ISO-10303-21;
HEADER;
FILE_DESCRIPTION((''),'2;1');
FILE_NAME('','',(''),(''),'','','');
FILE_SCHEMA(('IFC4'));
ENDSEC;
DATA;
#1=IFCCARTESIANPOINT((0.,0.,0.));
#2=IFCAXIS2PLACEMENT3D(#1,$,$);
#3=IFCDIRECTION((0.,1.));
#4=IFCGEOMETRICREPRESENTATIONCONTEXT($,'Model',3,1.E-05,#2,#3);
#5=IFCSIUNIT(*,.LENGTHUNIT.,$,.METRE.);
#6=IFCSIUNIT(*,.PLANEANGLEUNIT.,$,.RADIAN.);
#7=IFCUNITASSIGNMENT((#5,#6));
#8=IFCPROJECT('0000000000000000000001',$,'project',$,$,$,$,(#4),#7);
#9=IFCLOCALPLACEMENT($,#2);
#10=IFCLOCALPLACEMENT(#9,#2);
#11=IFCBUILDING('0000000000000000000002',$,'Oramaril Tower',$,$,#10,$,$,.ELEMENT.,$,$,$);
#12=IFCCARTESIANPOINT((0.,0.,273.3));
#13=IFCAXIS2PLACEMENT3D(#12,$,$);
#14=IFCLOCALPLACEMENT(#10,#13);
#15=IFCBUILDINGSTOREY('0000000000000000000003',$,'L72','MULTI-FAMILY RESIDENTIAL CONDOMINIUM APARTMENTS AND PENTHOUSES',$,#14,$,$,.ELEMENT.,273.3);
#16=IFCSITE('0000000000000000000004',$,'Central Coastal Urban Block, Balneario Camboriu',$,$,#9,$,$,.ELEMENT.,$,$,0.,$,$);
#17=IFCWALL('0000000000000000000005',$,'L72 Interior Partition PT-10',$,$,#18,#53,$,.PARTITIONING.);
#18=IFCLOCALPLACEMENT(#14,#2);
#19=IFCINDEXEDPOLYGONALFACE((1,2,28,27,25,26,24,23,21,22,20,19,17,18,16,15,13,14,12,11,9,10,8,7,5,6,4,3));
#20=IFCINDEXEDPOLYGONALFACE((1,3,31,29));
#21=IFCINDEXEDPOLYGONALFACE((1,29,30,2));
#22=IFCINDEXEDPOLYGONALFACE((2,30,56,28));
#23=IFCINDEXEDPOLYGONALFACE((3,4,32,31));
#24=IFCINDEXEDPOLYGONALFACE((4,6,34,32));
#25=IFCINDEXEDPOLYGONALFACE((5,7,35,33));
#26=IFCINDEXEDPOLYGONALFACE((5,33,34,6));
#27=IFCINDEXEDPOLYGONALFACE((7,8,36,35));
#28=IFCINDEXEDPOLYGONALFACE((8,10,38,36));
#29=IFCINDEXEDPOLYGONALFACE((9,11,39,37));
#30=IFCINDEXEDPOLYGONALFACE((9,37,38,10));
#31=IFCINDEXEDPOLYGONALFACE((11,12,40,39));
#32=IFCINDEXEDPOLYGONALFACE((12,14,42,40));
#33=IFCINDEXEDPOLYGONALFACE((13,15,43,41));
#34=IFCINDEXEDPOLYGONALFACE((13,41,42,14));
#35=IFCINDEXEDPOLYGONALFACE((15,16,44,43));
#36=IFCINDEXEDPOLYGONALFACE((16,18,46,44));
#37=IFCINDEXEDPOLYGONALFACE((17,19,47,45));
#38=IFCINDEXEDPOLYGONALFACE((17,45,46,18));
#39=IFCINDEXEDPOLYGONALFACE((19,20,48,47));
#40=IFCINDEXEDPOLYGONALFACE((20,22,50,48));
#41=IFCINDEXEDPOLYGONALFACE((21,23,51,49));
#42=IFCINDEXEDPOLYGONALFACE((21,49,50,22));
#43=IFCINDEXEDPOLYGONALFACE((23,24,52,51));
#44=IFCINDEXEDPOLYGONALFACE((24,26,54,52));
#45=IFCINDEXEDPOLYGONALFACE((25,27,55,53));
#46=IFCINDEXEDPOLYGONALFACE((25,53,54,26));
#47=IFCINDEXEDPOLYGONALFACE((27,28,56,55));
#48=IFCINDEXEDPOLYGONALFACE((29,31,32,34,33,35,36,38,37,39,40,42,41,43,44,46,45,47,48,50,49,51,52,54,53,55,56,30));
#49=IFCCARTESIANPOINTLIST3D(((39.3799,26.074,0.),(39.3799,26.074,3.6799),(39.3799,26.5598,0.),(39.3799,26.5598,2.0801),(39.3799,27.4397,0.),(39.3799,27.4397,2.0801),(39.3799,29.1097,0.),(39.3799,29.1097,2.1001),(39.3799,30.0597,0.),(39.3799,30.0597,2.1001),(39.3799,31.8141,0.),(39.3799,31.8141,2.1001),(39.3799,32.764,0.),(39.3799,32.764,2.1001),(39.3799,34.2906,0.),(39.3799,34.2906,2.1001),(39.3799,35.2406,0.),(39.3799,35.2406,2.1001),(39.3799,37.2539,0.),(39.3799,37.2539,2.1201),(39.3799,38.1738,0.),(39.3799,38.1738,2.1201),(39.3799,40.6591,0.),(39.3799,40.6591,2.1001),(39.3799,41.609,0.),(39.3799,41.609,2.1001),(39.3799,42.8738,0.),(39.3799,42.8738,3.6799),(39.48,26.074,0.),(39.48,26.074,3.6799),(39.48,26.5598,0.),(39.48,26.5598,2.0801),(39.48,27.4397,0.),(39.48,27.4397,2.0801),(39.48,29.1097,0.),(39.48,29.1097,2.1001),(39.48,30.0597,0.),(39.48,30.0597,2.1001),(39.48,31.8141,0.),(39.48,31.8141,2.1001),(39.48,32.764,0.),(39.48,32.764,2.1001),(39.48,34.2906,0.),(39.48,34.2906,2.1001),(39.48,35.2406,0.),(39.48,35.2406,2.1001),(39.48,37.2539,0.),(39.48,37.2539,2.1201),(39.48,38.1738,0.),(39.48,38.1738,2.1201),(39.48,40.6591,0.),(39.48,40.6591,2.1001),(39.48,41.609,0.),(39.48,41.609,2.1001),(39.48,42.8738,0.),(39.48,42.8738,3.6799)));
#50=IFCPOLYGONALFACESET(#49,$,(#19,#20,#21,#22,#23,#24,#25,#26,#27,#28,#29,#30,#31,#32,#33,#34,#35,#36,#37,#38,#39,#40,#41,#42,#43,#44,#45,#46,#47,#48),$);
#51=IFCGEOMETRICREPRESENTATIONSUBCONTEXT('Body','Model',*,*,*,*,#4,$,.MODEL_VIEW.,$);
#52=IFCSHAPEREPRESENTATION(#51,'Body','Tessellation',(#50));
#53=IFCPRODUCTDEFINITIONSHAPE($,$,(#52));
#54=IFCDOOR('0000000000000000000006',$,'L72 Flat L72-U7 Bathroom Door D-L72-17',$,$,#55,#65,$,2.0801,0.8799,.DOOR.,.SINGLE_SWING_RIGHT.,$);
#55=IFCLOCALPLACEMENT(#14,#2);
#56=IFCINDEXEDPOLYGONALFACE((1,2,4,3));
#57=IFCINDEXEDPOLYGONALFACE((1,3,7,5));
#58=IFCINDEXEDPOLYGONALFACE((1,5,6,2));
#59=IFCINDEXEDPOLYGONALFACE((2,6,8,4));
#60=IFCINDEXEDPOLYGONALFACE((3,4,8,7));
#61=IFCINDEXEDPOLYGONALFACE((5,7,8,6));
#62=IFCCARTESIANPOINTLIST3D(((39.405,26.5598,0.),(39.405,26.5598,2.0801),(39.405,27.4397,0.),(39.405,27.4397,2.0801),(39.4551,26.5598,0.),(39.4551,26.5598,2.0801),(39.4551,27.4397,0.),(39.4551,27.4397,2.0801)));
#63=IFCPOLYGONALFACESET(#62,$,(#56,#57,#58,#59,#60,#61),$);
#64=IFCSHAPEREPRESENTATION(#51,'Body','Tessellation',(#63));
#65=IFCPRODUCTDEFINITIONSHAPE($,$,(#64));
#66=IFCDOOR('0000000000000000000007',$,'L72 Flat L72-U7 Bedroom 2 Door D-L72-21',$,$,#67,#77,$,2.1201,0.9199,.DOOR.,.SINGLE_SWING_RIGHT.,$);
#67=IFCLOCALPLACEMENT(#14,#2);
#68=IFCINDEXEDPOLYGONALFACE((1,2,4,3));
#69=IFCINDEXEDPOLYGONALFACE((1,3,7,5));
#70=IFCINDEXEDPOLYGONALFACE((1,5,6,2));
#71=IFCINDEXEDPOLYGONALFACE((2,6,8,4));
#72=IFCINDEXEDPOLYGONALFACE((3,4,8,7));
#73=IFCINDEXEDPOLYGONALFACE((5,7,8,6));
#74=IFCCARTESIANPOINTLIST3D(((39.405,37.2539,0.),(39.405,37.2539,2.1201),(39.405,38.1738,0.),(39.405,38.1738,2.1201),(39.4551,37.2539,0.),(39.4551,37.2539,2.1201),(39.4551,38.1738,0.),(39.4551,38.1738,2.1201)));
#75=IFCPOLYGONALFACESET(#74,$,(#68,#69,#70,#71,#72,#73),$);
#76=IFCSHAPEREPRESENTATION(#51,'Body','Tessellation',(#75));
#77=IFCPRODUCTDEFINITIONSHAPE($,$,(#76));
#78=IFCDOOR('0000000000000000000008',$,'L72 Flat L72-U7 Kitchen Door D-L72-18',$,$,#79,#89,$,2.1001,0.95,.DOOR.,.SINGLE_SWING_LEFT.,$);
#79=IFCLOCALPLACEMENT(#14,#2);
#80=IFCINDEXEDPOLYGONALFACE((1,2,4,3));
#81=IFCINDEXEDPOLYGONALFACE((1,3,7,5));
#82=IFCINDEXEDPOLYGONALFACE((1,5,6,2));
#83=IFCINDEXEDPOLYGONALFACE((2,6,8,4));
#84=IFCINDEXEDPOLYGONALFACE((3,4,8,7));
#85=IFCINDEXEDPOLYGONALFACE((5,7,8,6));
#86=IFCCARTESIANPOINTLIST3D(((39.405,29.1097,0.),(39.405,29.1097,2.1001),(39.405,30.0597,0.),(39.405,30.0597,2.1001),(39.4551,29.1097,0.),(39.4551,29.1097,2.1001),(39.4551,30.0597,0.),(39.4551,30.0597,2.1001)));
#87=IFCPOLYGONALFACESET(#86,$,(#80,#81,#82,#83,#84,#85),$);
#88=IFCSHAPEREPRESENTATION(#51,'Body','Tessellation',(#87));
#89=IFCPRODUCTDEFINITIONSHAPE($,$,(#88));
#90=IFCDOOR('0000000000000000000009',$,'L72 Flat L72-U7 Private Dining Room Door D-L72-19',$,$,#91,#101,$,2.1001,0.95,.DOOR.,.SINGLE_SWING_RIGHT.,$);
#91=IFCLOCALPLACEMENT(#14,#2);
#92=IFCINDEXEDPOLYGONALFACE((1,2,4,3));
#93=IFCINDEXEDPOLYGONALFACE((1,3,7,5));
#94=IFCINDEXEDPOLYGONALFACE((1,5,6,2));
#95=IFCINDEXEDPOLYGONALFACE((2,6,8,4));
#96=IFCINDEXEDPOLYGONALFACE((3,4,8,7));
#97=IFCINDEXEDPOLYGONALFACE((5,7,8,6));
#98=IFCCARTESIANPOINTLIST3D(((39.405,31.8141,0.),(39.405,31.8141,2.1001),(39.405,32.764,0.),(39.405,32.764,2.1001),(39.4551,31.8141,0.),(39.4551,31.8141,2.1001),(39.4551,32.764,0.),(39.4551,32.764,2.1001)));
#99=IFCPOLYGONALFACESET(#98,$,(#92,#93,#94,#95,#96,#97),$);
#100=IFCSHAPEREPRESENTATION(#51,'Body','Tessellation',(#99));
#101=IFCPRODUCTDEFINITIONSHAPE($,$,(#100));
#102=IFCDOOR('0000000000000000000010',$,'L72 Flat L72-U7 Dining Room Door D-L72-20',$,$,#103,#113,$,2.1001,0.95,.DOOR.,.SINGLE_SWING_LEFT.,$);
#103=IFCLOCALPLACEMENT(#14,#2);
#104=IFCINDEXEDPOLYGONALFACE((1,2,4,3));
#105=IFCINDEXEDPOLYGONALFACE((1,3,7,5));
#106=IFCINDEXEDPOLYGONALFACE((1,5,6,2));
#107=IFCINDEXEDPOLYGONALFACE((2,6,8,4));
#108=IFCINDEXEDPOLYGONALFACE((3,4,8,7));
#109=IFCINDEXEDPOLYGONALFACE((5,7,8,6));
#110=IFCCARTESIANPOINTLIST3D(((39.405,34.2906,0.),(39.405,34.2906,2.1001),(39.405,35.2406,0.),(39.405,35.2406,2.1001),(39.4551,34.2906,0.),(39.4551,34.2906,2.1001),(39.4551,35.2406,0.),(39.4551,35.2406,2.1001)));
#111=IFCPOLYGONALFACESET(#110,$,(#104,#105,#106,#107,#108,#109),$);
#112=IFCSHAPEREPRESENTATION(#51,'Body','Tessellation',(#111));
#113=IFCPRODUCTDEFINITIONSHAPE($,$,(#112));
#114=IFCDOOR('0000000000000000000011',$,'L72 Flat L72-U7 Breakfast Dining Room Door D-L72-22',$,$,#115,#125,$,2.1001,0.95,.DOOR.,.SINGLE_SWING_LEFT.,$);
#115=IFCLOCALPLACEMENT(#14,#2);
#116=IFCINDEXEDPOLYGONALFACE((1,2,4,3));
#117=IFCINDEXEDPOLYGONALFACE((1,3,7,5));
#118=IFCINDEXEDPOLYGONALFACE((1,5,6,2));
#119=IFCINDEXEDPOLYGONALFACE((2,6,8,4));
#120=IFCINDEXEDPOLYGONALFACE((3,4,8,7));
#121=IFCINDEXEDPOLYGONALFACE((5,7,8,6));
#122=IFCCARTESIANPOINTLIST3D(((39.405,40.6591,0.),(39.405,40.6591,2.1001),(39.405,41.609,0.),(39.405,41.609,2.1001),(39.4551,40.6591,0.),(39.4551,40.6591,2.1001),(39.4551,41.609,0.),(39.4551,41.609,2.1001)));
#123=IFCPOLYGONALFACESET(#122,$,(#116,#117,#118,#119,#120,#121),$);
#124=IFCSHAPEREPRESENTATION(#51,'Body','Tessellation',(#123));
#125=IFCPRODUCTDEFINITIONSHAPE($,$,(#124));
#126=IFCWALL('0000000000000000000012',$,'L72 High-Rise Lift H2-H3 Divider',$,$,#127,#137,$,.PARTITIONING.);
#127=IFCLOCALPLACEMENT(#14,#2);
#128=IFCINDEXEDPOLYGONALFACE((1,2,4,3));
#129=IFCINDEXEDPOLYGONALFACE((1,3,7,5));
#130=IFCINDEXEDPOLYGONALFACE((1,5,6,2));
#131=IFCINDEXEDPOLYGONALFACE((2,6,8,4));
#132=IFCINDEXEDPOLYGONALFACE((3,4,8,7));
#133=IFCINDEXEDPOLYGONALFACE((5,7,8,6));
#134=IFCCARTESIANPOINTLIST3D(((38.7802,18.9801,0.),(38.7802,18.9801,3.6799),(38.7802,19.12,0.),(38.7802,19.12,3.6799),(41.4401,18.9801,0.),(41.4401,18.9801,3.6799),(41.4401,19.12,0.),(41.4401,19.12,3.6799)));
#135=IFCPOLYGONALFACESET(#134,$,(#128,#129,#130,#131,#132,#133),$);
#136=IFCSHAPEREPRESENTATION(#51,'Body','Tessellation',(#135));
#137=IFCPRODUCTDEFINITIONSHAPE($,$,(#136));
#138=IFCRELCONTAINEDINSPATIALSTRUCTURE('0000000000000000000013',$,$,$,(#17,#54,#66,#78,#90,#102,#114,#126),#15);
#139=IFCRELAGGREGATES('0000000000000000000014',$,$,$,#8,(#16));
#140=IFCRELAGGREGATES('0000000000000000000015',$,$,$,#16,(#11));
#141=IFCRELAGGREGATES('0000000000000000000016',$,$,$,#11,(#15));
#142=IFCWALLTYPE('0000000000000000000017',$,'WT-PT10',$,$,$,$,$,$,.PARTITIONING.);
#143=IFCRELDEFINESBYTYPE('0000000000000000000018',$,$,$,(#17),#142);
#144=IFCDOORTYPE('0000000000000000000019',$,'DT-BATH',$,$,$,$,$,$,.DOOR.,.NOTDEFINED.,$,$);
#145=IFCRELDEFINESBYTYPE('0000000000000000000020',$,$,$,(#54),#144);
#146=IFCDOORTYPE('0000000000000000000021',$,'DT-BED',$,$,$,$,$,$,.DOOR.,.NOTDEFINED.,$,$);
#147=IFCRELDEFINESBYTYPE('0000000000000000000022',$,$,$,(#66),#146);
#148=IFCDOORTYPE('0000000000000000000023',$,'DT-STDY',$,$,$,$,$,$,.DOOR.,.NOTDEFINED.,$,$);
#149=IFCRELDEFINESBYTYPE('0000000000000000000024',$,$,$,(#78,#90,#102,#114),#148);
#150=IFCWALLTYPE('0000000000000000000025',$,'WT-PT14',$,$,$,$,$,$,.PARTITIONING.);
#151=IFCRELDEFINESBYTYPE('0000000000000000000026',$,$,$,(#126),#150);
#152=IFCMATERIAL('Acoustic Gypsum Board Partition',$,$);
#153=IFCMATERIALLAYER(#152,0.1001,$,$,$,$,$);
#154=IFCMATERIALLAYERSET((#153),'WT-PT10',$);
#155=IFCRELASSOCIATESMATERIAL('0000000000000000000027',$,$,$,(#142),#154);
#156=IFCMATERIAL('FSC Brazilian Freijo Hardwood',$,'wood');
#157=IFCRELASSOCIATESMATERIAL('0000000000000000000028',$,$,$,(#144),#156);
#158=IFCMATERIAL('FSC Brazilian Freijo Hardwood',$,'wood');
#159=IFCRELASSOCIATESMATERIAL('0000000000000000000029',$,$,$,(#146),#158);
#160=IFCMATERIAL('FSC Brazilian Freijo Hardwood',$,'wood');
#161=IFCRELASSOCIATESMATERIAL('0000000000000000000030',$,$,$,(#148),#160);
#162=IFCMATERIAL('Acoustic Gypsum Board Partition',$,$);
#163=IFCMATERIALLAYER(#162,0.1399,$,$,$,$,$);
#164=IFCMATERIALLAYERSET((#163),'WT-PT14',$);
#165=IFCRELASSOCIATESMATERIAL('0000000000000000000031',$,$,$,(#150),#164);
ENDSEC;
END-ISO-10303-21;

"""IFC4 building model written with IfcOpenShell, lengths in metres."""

from ifc_helpers import new_model, si_unit, direction, frame, frame_2d, origin, place, context, subcontext, project, spatial, rectangle, extrude, material, layer, layer_set, type_object, element, fill, save


model = new_model("IFC4")

# Units and contexts
model_context = context("Model", 3, precision=1e-05, world=origin(), true_north=direction((0.0, 1.0)))
body_context = subcontext(model_context, "Body", "Model", "MODEL_VIEW")
ifc_project = project(units=[si_unit("LENGTHUNIT", "METRE"), si_unit("PLANEANGLEUNIT", "RADIAN")], contexts=[model_context])

# Site, building, storey
site_placement = place(None, origin())
site = spatial("IfcSite", under=ifc_project, at=site_placement, Name="Central Coastal Urban Block, Balneario Camboriu", CompositionType="ELEMENT", RefElevation=0.0)
building_placement = place(site_placement, origin())
building = spatial("IfcBuilding", under=site, at=building_placement, Name="Oramaril Tower", CompositionType="ELEMENT")
storey_placement = place(building_placement, frame((0.0, 0.0, 273.3)))
storey = spatial("IfcBuildingStorey", under=building, at=storey_placement, Name="L72", Description="MULTI-FAMILY RESIDENTIAL CONDOMINIUM APARTMENTS AND PENTHOUSES", CompositionType="ELEMENT", Elevation=273.3)

# Shared definitions
ifc_material_1 = material(Name="Acoustic Gypsum Board Partition")
ifc_layer_1 = layer(ifc_material_1, 0.1001)
ifc_layer_set_1 = layer_set([ifc_layer_1], Name="WT-PT10")
wall_type_1 = type_object("IfcWallType", Name="WT-PT10", PredefinedType="PARTITIONING", material=ifc_layer_set_1)

# Wall, openings, doors
wall_1_placement = place(storey_placement, frame((39.4299, 26.074, 0.0), z_axis=(0.0, 0.0, 1.0), x_axis=(0.0, 1.0, 0.0)))
wall_1 = element("IfcWall", 1, at=wall_1_placement, inside=storey, type_object=wall_type_1, Name="L72 Interior Partition PT-10", PredefinedType="PARTITIONING", context=body_context, shape_type="SweptSolid", body=[
    extrude(rectangle(XDim=16.7998, YDim=0.1001, at=frame_2d((8.3999, 0.0))), origin(), (0.0, 0.0, 1.0), 3.6799),
])
opening_1_placement = place(wall_1_placement, frame((0.4858, 0.0, 0.0)))
opening_1 = element("IfcOpeningElement", 2, at=opening_1_placement, cuts=wall_1, PredefinedType="OPENING", context=body_context, shape_type="SweptSolid", body=[
    extrude(rectangle(XDim=0.8799, YDim=2.0801, at=frame_2d((0.4399, 1.04))), frame((0.0, 0.05, 0.0), z_axis=(0.0, -1.0, 0.0), x_axis=(1.0, 0.0, 0.0)), (0.0, 0.0, 1.0), 0.1001),
])
opening_2_placement = place(wall_1_placement, frame((3.0356, 0.0, 0.0)))
opening_2 = element("IfcOpeningElement", 3, at=opening_2_placement, cuts=wall_1, PredefinedType="OPENING", context=body_context, shape_type="SweptSolid", body=[
    extrude(rectangle(XDim=0.95, YDim=2.1001, at=frame_2d((0.4751, 1.05))), frame((0.0, 0.05, 0.0), z_axis=(0.0, -1.0, 0.0), x_axis=(1.0, 0.0, 0.0)), (0.0, 0.0, 1.0), 0.1001),
])
opening_3_placement = place(wall_1_placement, frame((5.74, 0.0, 0.0)))
opening_3 = element("IfcOpeningElement", 4, at=opening_3_placement, cuts=wall_1, PredefinedType="OPENING", context=body_context, shape_type="SweptSolid", body=[
    extrude(rectangle(XDim=0.95, YDim=2.1001, at=frame_2d((0.4751, 1.05))), frame((0.0, 0.05, 0.0), z_axis=(0.0, -1.0, 0.0), x_axis=(1.0, 0.0, 0.0)), (0.0, 0.0, 1.0), 0.1001),
])
opening_4_placement = place(wall_1_placement, frame((8.2166, 0.0, 0.0)))
opening_4 = element("IfcOpeningElement", 5, at=opening_4_placement, cuts=wall_1, PredefinedType="OPENING", context=body_context, shape_type="SweptSolid", body=[
    extrude(rectangle(XDim=0.95, YDim=2.1001, at=frame_2d((0.4751, 1.05))), frame((0.0, 0.05, 0.0), z_axis=(0.0, -1.0, 0.0), x_axis=(1.0, 0.0, 0.0)), (0.0, 0.0, 1.0), 0.1001),
])
opening_5_placement = place(wall_1_placement, frame((11.1799, 0.0, 0.0)))
opening_5 = element("IfcOpeningElement", 6, at=opening_5_placement, cuts=wall_1, PredefinedType="OPENING", context=body_context, shape_type="SweptSolid", body=[
    extrude(rectangle(XDim=0.9199, YDim=2.1201, at=frame_2d((0.46, 1.0601))), frame((0.0, 0.05, 0.0), z_axis=(0.0, -1.0, 0.0), x_axis=(1.0, 0.0, 0.0)), (0.0, 0.0, 1.0), 0.1001),
])
opening_6_placement = place(wall_1_placement, frame((14.585, 0.0, 0.0)))
opening_6 = element("IfcOpeningElement", 7, at=opening_6_placement, cuts=wall_1, PredefinedType="OPENING", context=body_context, shape_type="SweptSolid", body=[
    extrude(rectangle(XDim=0.95, YDim=2.1001, at=frame_2d((0.4751, 1.05))), frame((0.0, 0.05, 0.0), z_axis=(0.0, -1.0, 0.0), x_axis=(1.0, 0.0, 0.0)), (0.0, 0.0, 1.0), 0.1001),
])
ifc_material_2 = material(Name="FSC Brazilian Freijo Hardwood", Category="wood")
door_type_1 = type_object("IfcDoorType", Name="DT-BATH", OperationType="NOTDEFINED", PredefinedType="DOOR", material=ifc_material_2)
door_1_placement = place(opening_1_placement, origin())
door_1 = element("IfcDoor", 8, at=door_1_placement, inside=storey, type_object=door_type_1, Name="L72 Flat L72-U7 Bathroom Door D-L72-17", OperationType="SINGLE_SWING_RIGHT", OverallHeight=2.0801, OverallWidth=0.8799, PredefinedType="DOOR", context=body_context, shape_type="SweptSolid", body=[
    extrude(rectangle(XDim=0.8799, YDim=2.0801, at=frame_2d((0.4399, 1.04))), frame((0.0, 0.0249, 0.0), z_axis=(0.0, -1.0, 0.0), x_axis=(1.0, 0.0, 0.0)), (0.0, 0.0, 1.0), 0.05),
])
fill(opening_1, door_1)
ifc_material_3 = material(Name="FSC Brazilian Freijo Hardwood", Category="wood")
door_type_2 = type_object("IfcDoorType", Name="DT-BED", OperationType="NOTDEFINED", PredefinedType="DOOR", material=ifc_material_3)
door_2_placement = place(opening_5_placement, origin())
door_2 = element("IfcDoor", 9, at=door_2_placement, inside=storey, type_object=door_type_2, Name="L72 Flat L72-U7 Bedroom 2 Door D-L72-21", OperationType="SINGLE_SWING_RIGHT", OverallHeight=2.1201, OverallWidth=0.9199, PredefinedType="DOOR", context=body_context, shape_type="SweptSolid", body=[
    extrude(rectangle(XDim=0.9199, YDim=2.1201, at=frame_2d((0.46, 1.0601))), frame((0.0, 0.0249, 0.0), z_axis=(0.0, -1.0, 0.0), x_axis=(1.0, 0.0, 0.0)), (0.0, 0.0, 1.0), 0.05),
])
fill(opening_5, door_2)
ifc_material_4 = material(Name="FSC Brazilian Freijo Hardwood", Category="wood")
door_type_3 = type_object("IfcDoorType", Name="DT-STDY", OperationType="NOTDEFINED", PredefinedType="DOOR", material=ifc_material_4)
door_3_placement = place(opening_2_placement, origin())
door_3 = element("IfcDoor", 10, at=door_3_placement, inside=storey, type_object=door_type_3, Name="L72 Flat L72-U7 Kitchen Door D-L72-18", OperationType="SINGLE_SWING_LEFT", OverallHeight=2.1001, OverallWidth=0.95, PredefinedType="DOOR", context=body_context, shape_type="SweptSolid", body=[
    extrude(rectangle(XDim=0.95, YDim=2.1001, at=frame_2d((0.4751, 1.05))), frame((0.0, 0.0249, 0.0), z_axis=(0.0, -1.0, 0.0), x_axis=(1.0, 0.0, 0.0)), (0.0, 0.0, 1.0), 0.05),
])
fill(opening_2, door_3)
door_4_placement = place(opening_3_placement, origin())
door_4 = element("IfcDoor", 11, at=door_4_placement, inside=storey, type_object=door_type_3, Name="L72 Flat L72-U7 Private Dining Room Door D-L72-19", OperationType="SINGLE_SWING_RIGHT", OverallHeight=2.1001, OverallWidth=0.95, PredefinedType="DOOR", context=body_context, shape_type="SweptSolid", body=[
    extrude(rectangle(XDim=0.95, YDim=2.1001, at=frame_2d((0.4751, 1.05))), frame((0.0, 0.0249, 0.0), z_axis=(0.0, -1.0, 0.0), x_axis=(1.0, 0.0, 0.0)), (0.0, 0.0, 1.0), 0.05),
])
fill(opening_3, door_4)
door_5_placement = place(opening_4_placement, origin())
door_5 = element("IfcDoor", 12, at=door_5_placement, inside=storey, type_object=door_type_3, Name="L72 Flat L72-U7 Dining Room Door D-L72-20", OperationType="SINGLE_SWING_LEFT", OverallHeight=2.1001, OverallWidth=0.95, PredefinedType="DOOR", context=body_context, shape_type="SweptSolid", body=[
    extrude(rectangle(XDim=0.95, YDim=2.1001, at=frame_2d((0.4751, 1.05))), frame((0.0, 0.0249, 0.0), z_axis=(0.0, -1.0, 0.0), x_axis=(1.0, 0.0, 0.0)), (0.0, 0.0, 1.0), 0.05),
])
fill(opening_4, door_5)
door_6_placement = place(opening_6_placement, origin())
door_6 = element("IfcDoor", 13, at=door_6_placement, inside=storey, type_object=door_type_3, Name="L72 Flat L72-U7 Breakfast Dining Room Door D-L72-22", OperationType="SINGLE_SWING_LEFT", OverallHeight=2.1001, OverallWidth=0.95, PredefinedType="DOOR", context=body_context, shape_type="SweptSolid", body=[
    extrude(rectangle(XDim=0.95, YDim=2.1001, at=frame_2d((0.4751, 1.05))), frame((0.0, 0.0249, 0.0), z_axis=(0.0, -1.0, 0.0), x_axis=(1.0, 0.0, 0.0)), (0.0, 0.0, 1.0), 0.05),
])
fill(opening_6, door_6)

# Wall
ifc_material_5 = material(Name="Acoustic Gypsum Board Partition")
ifc_layer_2 = layer(ifc_material_5, 0.1399)
ifc_layer_set_2 = layer_set([ifc_layer_2], Name="WT-PT14")
wall_type_2 = type_object("IfcWallType", Name="WT-PT14", PredefinedType="PARTITIONING", material=ifc_layer_set_2)
wall_2_placement = place(storey_placement, frame((38.78, 19.05, 0.0), z_axis=(0.0, 0.0, 1.0), x_axis=(1.0, 0.0, 0.0)))
element("IfcWall", 14, at=wall_2_placement, inside=storey, type_object=wall_type_2, Name="L72 High-Rise Lift H2-H3 Divider", PredefinedType="PARTITIONING", context=body_context, shape_type="SweptSolid", body=[
    extrude(rectangle(XDim=2.6599, YDim=0.1399, at=frame_2d((1.3301, 0.0))), origin(), (0.0, 0.0, 1.0), 3.6799),
])

save(model, "model.ifc")
